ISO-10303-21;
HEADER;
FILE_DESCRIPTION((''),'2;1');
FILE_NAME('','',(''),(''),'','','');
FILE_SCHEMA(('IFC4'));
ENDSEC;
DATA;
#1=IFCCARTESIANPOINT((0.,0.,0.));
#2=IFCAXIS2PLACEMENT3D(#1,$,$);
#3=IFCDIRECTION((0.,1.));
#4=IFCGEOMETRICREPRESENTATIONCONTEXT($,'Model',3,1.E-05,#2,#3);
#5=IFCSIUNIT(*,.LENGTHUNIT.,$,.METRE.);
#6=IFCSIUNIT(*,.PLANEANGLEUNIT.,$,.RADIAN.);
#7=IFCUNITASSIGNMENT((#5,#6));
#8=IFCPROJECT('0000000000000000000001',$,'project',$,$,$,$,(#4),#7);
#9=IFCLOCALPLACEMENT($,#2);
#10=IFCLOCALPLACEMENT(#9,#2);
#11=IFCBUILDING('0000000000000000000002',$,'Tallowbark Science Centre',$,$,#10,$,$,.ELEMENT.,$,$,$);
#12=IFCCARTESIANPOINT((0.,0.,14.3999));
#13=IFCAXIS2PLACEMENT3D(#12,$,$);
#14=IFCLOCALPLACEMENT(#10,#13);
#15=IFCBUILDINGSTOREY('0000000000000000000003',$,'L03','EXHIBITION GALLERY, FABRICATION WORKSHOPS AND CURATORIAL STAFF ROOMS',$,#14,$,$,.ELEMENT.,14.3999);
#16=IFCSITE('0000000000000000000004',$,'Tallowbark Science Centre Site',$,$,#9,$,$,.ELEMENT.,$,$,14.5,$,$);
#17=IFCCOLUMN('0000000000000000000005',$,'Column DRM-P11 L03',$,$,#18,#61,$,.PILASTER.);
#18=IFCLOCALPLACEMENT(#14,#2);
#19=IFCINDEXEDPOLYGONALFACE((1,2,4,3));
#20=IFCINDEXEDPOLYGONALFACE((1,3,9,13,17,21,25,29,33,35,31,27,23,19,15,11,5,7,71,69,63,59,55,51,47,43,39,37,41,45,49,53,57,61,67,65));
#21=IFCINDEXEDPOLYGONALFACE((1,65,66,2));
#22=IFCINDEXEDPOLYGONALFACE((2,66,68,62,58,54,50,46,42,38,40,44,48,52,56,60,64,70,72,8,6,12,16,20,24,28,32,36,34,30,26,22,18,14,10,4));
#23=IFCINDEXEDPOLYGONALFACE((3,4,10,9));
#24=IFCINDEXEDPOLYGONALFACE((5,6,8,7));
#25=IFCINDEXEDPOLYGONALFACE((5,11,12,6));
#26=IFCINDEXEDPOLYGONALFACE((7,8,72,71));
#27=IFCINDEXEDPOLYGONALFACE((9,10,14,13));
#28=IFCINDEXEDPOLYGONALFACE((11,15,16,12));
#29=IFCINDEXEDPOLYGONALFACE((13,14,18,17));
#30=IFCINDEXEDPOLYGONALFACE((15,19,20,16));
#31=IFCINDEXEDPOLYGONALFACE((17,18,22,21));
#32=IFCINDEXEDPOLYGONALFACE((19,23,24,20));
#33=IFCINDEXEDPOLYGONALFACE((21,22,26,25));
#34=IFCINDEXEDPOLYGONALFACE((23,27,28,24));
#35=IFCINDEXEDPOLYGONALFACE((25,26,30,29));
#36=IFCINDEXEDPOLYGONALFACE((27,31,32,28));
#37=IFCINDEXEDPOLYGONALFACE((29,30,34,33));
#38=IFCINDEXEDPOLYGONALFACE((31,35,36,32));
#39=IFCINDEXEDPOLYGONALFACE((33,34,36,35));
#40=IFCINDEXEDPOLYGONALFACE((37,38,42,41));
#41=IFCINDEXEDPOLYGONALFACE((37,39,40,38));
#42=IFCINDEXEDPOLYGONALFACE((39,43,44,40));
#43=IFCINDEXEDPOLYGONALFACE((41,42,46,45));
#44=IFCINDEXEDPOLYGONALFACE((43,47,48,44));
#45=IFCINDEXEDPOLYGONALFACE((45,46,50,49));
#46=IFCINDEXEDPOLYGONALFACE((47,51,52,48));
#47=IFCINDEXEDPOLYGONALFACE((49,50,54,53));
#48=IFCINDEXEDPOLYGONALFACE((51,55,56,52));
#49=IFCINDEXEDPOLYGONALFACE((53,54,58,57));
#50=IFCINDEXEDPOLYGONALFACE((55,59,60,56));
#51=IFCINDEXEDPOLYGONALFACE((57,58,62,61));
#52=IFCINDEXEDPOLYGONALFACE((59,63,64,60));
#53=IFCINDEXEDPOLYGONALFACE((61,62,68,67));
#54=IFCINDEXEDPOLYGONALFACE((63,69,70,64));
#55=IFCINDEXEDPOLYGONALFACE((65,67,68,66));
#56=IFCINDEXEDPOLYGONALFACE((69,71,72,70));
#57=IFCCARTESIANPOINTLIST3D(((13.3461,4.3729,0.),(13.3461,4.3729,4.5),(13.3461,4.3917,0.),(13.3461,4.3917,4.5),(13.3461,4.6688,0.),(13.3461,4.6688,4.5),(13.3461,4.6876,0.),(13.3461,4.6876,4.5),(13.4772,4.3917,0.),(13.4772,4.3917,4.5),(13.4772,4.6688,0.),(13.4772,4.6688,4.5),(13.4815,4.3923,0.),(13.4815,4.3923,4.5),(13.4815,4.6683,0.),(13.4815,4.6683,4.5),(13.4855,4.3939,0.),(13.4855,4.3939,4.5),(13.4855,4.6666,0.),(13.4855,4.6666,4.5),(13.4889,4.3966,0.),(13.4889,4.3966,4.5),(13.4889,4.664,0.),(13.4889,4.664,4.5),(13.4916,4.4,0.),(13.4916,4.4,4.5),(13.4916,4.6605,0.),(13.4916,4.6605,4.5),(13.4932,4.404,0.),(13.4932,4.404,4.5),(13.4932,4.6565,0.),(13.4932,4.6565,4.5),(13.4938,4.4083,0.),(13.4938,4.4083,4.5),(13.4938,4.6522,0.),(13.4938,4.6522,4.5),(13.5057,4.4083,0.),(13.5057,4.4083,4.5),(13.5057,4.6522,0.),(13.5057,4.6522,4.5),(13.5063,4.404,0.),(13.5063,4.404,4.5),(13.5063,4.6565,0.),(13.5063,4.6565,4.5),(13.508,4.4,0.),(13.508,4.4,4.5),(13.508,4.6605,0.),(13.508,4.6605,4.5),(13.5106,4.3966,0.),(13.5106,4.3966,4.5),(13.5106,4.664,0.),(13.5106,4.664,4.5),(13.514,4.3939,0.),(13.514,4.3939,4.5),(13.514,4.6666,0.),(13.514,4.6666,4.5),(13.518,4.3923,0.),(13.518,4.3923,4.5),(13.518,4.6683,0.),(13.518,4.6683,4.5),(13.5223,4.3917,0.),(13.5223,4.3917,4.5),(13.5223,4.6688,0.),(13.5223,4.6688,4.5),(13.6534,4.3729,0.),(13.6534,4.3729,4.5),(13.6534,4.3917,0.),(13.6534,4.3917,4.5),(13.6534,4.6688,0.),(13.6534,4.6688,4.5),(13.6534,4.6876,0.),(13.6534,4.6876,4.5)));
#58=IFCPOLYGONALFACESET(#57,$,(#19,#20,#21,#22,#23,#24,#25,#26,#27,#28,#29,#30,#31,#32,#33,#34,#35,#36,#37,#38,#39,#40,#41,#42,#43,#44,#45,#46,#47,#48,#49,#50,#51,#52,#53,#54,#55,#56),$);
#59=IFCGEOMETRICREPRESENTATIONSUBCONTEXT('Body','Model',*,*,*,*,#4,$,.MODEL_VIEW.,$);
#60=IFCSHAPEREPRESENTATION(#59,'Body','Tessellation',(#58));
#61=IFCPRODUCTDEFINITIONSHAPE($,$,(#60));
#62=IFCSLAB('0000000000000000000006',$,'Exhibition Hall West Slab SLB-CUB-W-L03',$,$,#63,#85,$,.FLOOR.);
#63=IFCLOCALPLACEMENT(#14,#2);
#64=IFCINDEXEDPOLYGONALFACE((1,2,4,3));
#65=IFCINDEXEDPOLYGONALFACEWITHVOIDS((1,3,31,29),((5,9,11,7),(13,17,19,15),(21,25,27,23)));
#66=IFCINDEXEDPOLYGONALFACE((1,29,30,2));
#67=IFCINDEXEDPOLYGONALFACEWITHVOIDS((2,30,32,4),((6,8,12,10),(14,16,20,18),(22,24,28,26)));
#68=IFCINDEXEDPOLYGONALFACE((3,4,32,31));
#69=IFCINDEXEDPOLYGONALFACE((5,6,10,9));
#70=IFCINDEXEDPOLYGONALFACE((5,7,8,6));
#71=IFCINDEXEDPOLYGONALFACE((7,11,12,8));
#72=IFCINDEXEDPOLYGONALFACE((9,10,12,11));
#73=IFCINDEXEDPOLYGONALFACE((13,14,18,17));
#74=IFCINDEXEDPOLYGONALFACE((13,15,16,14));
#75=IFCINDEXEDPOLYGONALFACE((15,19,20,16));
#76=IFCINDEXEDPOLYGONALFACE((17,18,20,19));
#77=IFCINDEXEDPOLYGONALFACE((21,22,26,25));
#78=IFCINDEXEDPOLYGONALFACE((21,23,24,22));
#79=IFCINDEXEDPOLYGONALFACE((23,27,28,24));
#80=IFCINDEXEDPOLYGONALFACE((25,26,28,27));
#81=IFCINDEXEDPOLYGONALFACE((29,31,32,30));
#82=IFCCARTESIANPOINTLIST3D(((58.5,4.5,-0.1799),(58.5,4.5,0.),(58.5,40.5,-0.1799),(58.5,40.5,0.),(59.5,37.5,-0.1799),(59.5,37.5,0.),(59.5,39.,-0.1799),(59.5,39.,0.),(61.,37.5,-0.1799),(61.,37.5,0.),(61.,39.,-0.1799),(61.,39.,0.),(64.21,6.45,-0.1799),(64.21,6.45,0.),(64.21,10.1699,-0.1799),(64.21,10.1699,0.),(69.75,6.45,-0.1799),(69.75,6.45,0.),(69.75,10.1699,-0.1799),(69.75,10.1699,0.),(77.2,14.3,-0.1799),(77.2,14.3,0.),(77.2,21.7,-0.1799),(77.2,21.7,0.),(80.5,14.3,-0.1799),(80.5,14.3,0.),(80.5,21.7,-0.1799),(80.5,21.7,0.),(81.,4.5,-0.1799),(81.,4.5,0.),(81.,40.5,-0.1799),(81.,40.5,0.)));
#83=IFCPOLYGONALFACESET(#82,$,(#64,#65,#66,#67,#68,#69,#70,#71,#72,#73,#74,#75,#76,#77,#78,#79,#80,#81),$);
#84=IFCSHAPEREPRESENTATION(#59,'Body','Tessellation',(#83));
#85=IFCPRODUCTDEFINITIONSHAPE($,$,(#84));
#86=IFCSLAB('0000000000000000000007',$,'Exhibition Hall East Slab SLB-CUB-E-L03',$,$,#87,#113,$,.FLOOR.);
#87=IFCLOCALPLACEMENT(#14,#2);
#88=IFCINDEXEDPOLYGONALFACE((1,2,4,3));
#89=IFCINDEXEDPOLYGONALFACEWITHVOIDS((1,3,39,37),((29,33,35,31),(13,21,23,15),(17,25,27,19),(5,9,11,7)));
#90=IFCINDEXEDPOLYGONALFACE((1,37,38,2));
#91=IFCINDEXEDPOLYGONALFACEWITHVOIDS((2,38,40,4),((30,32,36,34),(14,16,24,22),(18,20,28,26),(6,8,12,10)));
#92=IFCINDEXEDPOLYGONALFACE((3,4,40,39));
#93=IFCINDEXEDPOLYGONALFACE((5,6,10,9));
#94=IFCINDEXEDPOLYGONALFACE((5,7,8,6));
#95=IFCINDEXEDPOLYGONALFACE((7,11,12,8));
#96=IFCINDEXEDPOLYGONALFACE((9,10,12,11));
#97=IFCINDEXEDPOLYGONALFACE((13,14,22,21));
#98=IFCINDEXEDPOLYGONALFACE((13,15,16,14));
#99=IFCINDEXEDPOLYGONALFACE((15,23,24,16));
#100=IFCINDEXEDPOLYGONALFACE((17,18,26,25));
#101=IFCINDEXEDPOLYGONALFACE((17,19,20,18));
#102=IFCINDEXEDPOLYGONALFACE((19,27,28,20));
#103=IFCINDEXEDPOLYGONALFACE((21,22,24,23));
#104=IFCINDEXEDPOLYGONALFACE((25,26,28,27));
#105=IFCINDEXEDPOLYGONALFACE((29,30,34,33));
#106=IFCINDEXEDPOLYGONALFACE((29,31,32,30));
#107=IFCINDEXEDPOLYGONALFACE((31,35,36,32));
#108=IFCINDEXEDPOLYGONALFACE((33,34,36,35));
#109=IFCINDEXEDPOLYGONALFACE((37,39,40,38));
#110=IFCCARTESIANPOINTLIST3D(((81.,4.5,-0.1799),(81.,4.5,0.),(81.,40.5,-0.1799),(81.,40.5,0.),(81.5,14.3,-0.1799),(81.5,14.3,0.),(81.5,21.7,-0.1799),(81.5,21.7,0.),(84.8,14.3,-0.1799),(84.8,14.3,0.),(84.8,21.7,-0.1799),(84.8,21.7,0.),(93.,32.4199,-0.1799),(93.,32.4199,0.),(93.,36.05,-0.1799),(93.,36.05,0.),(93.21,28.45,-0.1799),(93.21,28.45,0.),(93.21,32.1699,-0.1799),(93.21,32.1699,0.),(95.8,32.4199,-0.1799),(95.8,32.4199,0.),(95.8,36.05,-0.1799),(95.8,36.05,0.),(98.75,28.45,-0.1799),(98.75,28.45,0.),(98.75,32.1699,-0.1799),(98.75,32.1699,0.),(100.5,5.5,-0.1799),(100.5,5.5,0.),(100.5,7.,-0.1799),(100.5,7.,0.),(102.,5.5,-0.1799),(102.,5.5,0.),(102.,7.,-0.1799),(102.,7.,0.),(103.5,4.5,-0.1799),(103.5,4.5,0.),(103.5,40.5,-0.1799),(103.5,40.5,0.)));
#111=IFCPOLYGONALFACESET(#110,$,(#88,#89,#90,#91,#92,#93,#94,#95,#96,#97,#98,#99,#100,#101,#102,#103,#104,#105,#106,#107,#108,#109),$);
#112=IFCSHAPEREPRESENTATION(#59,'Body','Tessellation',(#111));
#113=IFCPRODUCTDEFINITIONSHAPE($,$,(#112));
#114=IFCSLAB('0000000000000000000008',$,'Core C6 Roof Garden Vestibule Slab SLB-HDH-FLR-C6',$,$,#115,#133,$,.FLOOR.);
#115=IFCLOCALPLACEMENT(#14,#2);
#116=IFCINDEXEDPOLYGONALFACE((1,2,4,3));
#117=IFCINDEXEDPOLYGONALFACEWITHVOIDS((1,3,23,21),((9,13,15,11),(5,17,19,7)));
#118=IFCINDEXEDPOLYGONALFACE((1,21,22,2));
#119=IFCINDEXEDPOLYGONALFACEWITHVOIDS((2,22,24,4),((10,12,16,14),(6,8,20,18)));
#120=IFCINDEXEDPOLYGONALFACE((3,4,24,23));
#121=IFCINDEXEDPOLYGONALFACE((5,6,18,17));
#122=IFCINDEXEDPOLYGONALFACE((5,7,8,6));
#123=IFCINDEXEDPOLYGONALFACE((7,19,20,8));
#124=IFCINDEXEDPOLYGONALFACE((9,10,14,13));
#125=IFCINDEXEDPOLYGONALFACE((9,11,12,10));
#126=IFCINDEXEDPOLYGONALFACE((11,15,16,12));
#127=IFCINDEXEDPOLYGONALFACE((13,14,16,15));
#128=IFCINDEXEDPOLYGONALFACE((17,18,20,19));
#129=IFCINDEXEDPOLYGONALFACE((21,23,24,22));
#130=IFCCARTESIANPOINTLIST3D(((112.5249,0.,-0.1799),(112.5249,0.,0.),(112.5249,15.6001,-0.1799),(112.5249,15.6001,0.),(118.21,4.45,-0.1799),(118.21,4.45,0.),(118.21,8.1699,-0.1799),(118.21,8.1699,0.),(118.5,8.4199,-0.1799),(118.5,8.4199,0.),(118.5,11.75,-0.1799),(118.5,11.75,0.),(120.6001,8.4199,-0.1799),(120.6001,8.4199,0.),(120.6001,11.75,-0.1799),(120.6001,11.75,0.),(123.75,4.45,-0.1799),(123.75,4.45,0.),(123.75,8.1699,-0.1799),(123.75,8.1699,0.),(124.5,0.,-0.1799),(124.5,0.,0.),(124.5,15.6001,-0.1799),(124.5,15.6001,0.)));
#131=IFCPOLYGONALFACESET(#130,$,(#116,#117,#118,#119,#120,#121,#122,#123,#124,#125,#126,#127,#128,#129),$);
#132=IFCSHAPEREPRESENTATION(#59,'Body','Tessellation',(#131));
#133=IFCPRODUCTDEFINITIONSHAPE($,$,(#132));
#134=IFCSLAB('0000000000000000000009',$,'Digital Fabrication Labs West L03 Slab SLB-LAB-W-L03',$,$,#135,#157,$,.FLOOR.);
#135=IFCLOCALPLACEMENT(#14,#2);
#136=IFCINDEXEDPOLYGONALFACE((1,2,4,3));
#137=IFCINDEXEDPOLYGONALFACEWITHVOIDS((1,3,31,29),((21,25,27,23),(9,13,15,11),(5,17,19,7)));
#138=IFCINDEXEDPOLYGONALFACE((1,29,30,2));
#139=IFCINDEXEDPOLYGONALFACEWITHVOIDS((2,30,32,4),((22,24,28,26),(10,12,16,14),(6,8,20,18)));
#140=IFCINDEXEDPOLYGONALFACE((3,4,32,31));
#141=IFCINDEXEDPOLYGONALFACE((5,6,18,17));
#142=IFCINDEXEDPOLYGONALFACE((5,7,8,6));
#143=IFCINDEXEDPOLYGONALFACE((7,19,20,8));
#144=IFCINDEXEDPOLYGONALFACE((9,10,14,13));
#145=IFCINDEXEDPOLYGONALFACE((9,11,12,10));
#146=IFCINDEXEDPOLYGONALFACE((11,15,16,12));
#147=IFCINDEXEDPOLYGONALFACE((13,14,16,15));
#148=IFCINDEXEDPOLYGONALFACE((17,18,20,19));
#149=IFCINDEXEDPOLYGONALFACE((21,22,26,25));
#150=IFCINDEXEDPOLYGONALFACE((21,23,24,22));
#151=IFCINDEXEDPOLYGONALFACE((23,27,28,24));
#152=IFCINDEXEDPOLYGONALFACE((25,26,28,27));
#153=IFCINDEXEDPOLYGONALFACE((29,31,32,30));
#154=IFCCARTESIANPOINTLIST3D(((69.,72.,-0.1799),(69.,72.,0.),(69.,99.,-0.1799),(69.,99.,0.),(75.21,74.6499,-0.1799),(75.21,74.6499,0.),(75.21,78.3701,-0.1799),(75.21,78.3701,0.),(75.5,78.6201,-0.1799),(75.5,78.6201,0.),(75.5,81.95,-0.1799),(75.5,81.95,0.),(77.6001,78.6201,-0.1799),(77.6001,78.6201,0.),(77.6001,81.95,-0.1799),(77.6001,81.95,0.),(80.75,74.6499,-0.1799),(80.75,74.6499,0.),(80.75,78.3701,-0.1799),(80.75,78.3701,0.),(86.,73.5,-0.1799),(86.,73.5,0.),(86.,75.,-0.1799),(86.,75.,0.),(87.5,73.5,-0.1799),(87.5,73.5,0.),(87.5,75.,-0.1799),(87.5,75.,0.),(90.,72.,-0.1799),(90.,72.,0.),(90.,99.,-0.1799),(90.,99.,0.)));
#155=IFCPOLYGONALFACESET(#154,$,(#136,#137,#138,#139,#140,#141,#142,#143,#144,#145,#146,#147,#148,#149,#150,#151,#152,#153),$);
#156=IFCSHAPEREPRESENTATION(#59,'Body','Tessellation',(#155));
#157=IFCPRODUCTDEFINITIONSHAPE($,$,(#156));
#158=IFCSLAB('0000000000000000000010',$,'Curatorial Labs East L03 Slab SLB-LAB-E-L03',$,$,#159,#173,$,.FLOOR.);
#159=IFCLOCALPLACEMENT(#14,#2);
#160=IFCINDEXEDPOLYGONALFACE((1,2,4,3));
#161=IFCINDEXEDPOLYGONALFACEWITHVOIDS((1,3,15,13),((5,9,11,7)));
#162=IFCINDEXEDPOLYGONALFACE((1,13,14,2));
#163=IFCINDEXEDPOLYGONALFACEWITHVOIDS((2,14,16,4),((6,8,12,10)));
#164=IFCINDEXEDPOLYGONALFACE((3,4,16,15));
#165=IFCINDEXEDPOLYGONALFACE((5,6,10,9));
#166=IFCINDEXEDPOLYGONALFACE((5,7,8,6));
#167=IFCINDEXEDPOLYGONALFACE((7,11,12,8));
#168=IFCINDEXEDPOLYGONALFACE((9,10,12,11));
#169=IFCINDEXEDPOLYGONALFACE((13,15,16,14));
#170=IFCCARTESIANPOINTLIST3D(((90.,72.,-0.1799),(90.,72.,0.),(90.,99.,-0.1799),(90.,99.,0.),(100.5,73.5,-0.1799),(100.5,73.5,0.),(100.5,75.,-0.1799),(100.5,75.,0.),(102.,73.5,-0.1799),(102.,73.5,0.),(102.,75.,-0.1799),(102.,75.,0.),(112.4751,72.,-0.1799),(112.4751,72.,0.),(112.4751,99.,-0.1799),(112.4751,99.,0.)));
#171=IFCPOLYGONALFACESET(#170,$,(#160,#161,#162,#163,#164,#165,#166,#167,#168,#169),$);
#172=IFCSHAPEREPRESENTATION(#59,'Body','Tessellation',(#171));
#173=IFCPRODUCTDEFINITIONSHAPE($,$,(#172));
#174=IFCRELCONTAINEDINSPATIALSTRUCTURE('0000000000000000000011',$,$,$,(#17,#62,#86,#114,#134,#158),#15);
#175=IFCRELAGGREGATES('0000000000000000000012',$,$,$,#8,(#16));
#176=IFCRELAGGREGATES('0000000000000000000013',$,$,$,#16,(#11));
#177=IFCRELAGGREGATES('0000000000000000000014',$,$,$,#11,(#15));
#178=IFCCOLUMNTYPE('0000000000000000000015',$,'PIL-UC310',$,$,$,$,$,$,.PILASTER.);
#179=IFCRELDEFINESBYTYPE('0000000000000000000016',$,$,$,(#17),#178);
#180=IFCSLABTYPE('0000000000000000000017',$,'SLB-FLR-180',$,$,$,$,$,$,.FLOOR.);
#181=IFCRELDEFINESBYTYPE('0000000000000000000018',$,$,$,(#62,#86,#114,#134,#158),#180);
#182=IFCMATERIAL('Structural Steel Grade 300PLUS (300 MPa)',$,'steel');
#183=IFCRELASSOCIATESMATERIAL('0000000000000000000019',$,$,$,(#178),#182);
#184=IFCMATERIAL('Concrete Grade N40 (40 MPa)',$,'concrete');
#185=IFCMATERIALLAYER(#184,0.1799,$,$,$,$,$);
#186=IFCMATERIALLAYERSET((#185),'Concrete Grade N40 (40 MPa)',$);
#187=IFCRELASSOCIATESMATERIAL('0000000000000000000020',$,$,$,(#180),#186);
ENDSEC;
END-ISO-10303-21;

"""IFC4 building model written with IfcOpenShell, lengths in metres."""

from ifc_helpers import new_model, si_unit, direction, frame, origin, origin_2d, place, context, subcontext, project, spatial, polyline, i_section, outline, extrude, material, layer, layer_set, material_profile, profile_set, type_object, element, save


model = new_model("IFC4")

# Units and contexts
model_context = context("Model", 3, precision=1e-05, world=origin(), true_north=direction((0.0, 1.0)))
body_context = subcontext(model_context, "Body", "Model", "MODEL_VIEW")
ifc_project = project(units=[si_unit("LENGTHUNIT", "METRE"), si_unit("PLANEANGLEUNIT", "RADIAN")], contexts=[model_context])

# Site, building, storey
site_placement = place(None, origin())
site = spatial("IfcSite", under=ifc_project, at=site_placement, Name="Tallowbark Science Centre Site", CompositionType="ELEMENT", RefElevation=14.5)
building_placement = place(site_placement, origin())
building = spatial("IfcBuilding", under=site, at=building_placement, Name="Tallowbark Science Centre", CompositionType="ELEMENT")
storey_placement = place(building_placement, frame((0.0, 0.0, 14.3999)))
storey = spatial("IfcBuildingStorey", under=building, at=storey_placement, Name="L03", Description="EXHIBITION GALLERY, FABRICATION WORKSHOPS AND CURATORIAL STAFF ROOMS", CompositionType="ELEMENT", Elevation=14.3999)

# Column
ifc_material_1 = material(Name="Structural Steel Grade 300PLUS (300 MPa)", Category="steel")
ifc_material_profile = material_profile(ifc_material_1, i_section(OverallWidth=0.3074, OverallDepth=0.3147, WebThickness=0.012, FlangeThickness=0.0188, FilletRadius=0.0166, at=origin_2d()), Name="310UC118")
ifc_profile_set = profile_set([ifc_material_profile], Name="Structural Steel Grade 300PLUS (300 MPa)")
column_type = type_object("IfcColumnType", Name="PIL-UC310", PredefinedType="PILASTER", material=ifc_profile_set)
column_placement = place(storey_placement, frame((13.4998, 4.5303, 0.0), z_axis=(0.0, 0.0, 1.0), x_axis=(1.0, 0.0, 0.0)))
element("IfcColumn", 1, at=column_placement, inside=storey, type_object=column_type, Name="Column DRM-P11 L03", PredefinedType="PILASTER", context=body_context, shape_type="SweptSolid", body=[
    extrude(i_section(OverallWidth=0.3074, OverallDepth=0.3147, WebThickness=0.012, FlangeThickness=0.0188, FilletRadius=0.0166, at=origin_2d()), origin(), (0.0, 0.0, 1.0), 4.5),
])

# Slabs
ifc_material_2 = material(Name="Concrete Grade N40 (40 MPa)", Category="concrete")
ifc_layer_1 = layer(ifc_material_2, 0.1799)
ifc_layer_set_1 = layer_set([ifc_layer_1], Name="Concrete Grade N40 (40 MPa)")
slab_type_1 = type_object("IfcSlabType", Name="SLB-FLR-180", PredefinedType="FLOOR", material=ifc_layer_set_1)
slab_1_placement = place(storey_placement, frame((0.0, 0.0, -0.1799)))
element("IfcSlab", 2, at=slab_1_placement, inside=storey, type_object=slab_type_1, Name="Exhibition Hall West Slab SLB-CUB-W-L03", PredefinedType="FLOOR", context=body_context, shape_type="SweptSolid", body=[
    extrude(outline(polyline([(58.5, 4.5), (81.0, 4.5), (81.0, 40.5), (58.5, 40.5), (58.5, 4.5)]), holes=[polyline([(64.21, 6.45), (69.75, 6.45), (69.75, 10.1699), (64.21, 10.1699), (64.21, 6.45)]), polyline([(59.5, 37.5), (61.0, 37.5), (61.0, 39.0), (59.5, 39.0), (59.5, 37.5)]), polyline([(77.2, 14.3), (80.5, 14.3), (80.5, 21.7), (77.2, 21.7), (77.2, 14.3)])]), origin(), (0.0, 0.0, 1.0), 0.1799),
])
slab_2_placement = place(storey_placement, frame((0.0, 0.0, -0.1799)))
element("IfcSlab", 3, at=slab_2_placement, inside=storey, type_object=slab_type_1, Name="Exhibition Hall East Slab SLB-CUB-E-L03", PredefinedType="FLOOR", context=body_context, shape_type="SweptSolid", body=[
    extrude(outline(polyline([(81.0, 4.5), (103.5, 4.5), (103.5, 40.5), (81.0, 40.5), (81.0, 4.5)]), holes=[polyline([(93.21, 28.45), (98.75, 28.45), (98.75, 32.1699), (93.21, 32.1699), (93.21, 28.45)]), polyline([(93.0, 32.4199), (95.8, 32.4199), (95.8, 36.05), (93.0, 36.05), (93.0, 32.4199)]), polyline([(100.5, 5.5), (102.0, 5.5), (102.0, 7.0), (100.5, 7.0), (100.5, 5.5)]), polyline([(81.5, 14.3), (84.8, 14.3), (84.8, 21.7), (81.5, 21.7), (81.5, 14.3)])]), origin(), (0.0, 0.0, 1.0), 0.1799),
])
slab_3_placement = place(storey_placement, frame((0.0, 0.0, -0.1799)))
element("IfcSlab", 4, at=slab_3_placement, inside=storey, type_object=slab_type_1, Name="Core C6 Roof Garden Vestibule Slab SLB-HDH-FLR-C6", PredefinedType="FLOOR", context=body_context, shape_type="SweptSolid", body=[
    extrude(outline(polyline([(112.5249, 0.0), (124.5, 0.0), (124.5, 15.6001), (112.5249, 15.6001), (112.5249, 0.0)]), holes=[polyline([(118.21, 4.45), (123.75, 4.45), (123.75, 8.1699), (118.21, 8.1699), (118.21, 4.45)]), polyline([(118.5, 8.4199), (120.6001, 8.4199), (120.6001, 11.75), (118.5, 11.75), (118.5, 8.4199)])]), origin(), (0.0, 0.0, 1.0), 0.1799),
])
slab_4_placement = place(storey_placement, frame((0.0, 0.0, -0.1799)))
element("IfcSlab", 5, at=slab_4_placement, inside=storey, type_object=slab_type_1, Name="Digital Fabrication Labs West L03 Slab SLB-LAB-W-L03", PredefinedType="FLOOR", context=body_context, shape_type="SweptSolid", body=[
    extrude(outline(polyline([(69.0, 72.0), (90.0, 72.0), (90.0, 99.0), (69.0, 99.0), (69.0, 72.0)]), holes=[polyline([(75.21, 74.6499), (80.75, 74.6499), (80.75, 78.3701), (75.21, 78.3701), (75.21, 74.6499)]), polyline([(75.5, 78.6201), (77.6001, 78.6201), (77.6001, 81.95), (75.5, 81.95), (75.5, 78.6201)]), polyline([(86.0, 73.5), (87.5, 73.5), (87.5, 75.0), (86.0, 75.0), (86.0, 73.5)])]), origin(), (0.0, 0.0, 1.0), 0.1799),
])
slab_5_placement = place(storey_placement, frame((0.0, 0.0, -0.1799)))
element("IfcSlab", 6, at=slab_5_placement, inside=storey, type_object=slab_type_1, Name="Curatorial Labs East L03 Slab SLB-LAB-E-L03", PredefinedType="FLOOR", context=body_context, shape_type="SweptSolid", body=[
    extrude(outline(polyline([(90.0, 72.0), (112.4751, 72.0), (112.4751, 99.0), (90.0, 99.0), (90.0, 72.0)]), holes=[polyline([(100.5, 73.5), (102.0, 73.5), (102.0, 75.0), (100.5, 75.0), (100.5, 73.5)])]), origin(), (0.0, 0.0, 1.0), 0.1799),
])

save(model, "model.ifc")
